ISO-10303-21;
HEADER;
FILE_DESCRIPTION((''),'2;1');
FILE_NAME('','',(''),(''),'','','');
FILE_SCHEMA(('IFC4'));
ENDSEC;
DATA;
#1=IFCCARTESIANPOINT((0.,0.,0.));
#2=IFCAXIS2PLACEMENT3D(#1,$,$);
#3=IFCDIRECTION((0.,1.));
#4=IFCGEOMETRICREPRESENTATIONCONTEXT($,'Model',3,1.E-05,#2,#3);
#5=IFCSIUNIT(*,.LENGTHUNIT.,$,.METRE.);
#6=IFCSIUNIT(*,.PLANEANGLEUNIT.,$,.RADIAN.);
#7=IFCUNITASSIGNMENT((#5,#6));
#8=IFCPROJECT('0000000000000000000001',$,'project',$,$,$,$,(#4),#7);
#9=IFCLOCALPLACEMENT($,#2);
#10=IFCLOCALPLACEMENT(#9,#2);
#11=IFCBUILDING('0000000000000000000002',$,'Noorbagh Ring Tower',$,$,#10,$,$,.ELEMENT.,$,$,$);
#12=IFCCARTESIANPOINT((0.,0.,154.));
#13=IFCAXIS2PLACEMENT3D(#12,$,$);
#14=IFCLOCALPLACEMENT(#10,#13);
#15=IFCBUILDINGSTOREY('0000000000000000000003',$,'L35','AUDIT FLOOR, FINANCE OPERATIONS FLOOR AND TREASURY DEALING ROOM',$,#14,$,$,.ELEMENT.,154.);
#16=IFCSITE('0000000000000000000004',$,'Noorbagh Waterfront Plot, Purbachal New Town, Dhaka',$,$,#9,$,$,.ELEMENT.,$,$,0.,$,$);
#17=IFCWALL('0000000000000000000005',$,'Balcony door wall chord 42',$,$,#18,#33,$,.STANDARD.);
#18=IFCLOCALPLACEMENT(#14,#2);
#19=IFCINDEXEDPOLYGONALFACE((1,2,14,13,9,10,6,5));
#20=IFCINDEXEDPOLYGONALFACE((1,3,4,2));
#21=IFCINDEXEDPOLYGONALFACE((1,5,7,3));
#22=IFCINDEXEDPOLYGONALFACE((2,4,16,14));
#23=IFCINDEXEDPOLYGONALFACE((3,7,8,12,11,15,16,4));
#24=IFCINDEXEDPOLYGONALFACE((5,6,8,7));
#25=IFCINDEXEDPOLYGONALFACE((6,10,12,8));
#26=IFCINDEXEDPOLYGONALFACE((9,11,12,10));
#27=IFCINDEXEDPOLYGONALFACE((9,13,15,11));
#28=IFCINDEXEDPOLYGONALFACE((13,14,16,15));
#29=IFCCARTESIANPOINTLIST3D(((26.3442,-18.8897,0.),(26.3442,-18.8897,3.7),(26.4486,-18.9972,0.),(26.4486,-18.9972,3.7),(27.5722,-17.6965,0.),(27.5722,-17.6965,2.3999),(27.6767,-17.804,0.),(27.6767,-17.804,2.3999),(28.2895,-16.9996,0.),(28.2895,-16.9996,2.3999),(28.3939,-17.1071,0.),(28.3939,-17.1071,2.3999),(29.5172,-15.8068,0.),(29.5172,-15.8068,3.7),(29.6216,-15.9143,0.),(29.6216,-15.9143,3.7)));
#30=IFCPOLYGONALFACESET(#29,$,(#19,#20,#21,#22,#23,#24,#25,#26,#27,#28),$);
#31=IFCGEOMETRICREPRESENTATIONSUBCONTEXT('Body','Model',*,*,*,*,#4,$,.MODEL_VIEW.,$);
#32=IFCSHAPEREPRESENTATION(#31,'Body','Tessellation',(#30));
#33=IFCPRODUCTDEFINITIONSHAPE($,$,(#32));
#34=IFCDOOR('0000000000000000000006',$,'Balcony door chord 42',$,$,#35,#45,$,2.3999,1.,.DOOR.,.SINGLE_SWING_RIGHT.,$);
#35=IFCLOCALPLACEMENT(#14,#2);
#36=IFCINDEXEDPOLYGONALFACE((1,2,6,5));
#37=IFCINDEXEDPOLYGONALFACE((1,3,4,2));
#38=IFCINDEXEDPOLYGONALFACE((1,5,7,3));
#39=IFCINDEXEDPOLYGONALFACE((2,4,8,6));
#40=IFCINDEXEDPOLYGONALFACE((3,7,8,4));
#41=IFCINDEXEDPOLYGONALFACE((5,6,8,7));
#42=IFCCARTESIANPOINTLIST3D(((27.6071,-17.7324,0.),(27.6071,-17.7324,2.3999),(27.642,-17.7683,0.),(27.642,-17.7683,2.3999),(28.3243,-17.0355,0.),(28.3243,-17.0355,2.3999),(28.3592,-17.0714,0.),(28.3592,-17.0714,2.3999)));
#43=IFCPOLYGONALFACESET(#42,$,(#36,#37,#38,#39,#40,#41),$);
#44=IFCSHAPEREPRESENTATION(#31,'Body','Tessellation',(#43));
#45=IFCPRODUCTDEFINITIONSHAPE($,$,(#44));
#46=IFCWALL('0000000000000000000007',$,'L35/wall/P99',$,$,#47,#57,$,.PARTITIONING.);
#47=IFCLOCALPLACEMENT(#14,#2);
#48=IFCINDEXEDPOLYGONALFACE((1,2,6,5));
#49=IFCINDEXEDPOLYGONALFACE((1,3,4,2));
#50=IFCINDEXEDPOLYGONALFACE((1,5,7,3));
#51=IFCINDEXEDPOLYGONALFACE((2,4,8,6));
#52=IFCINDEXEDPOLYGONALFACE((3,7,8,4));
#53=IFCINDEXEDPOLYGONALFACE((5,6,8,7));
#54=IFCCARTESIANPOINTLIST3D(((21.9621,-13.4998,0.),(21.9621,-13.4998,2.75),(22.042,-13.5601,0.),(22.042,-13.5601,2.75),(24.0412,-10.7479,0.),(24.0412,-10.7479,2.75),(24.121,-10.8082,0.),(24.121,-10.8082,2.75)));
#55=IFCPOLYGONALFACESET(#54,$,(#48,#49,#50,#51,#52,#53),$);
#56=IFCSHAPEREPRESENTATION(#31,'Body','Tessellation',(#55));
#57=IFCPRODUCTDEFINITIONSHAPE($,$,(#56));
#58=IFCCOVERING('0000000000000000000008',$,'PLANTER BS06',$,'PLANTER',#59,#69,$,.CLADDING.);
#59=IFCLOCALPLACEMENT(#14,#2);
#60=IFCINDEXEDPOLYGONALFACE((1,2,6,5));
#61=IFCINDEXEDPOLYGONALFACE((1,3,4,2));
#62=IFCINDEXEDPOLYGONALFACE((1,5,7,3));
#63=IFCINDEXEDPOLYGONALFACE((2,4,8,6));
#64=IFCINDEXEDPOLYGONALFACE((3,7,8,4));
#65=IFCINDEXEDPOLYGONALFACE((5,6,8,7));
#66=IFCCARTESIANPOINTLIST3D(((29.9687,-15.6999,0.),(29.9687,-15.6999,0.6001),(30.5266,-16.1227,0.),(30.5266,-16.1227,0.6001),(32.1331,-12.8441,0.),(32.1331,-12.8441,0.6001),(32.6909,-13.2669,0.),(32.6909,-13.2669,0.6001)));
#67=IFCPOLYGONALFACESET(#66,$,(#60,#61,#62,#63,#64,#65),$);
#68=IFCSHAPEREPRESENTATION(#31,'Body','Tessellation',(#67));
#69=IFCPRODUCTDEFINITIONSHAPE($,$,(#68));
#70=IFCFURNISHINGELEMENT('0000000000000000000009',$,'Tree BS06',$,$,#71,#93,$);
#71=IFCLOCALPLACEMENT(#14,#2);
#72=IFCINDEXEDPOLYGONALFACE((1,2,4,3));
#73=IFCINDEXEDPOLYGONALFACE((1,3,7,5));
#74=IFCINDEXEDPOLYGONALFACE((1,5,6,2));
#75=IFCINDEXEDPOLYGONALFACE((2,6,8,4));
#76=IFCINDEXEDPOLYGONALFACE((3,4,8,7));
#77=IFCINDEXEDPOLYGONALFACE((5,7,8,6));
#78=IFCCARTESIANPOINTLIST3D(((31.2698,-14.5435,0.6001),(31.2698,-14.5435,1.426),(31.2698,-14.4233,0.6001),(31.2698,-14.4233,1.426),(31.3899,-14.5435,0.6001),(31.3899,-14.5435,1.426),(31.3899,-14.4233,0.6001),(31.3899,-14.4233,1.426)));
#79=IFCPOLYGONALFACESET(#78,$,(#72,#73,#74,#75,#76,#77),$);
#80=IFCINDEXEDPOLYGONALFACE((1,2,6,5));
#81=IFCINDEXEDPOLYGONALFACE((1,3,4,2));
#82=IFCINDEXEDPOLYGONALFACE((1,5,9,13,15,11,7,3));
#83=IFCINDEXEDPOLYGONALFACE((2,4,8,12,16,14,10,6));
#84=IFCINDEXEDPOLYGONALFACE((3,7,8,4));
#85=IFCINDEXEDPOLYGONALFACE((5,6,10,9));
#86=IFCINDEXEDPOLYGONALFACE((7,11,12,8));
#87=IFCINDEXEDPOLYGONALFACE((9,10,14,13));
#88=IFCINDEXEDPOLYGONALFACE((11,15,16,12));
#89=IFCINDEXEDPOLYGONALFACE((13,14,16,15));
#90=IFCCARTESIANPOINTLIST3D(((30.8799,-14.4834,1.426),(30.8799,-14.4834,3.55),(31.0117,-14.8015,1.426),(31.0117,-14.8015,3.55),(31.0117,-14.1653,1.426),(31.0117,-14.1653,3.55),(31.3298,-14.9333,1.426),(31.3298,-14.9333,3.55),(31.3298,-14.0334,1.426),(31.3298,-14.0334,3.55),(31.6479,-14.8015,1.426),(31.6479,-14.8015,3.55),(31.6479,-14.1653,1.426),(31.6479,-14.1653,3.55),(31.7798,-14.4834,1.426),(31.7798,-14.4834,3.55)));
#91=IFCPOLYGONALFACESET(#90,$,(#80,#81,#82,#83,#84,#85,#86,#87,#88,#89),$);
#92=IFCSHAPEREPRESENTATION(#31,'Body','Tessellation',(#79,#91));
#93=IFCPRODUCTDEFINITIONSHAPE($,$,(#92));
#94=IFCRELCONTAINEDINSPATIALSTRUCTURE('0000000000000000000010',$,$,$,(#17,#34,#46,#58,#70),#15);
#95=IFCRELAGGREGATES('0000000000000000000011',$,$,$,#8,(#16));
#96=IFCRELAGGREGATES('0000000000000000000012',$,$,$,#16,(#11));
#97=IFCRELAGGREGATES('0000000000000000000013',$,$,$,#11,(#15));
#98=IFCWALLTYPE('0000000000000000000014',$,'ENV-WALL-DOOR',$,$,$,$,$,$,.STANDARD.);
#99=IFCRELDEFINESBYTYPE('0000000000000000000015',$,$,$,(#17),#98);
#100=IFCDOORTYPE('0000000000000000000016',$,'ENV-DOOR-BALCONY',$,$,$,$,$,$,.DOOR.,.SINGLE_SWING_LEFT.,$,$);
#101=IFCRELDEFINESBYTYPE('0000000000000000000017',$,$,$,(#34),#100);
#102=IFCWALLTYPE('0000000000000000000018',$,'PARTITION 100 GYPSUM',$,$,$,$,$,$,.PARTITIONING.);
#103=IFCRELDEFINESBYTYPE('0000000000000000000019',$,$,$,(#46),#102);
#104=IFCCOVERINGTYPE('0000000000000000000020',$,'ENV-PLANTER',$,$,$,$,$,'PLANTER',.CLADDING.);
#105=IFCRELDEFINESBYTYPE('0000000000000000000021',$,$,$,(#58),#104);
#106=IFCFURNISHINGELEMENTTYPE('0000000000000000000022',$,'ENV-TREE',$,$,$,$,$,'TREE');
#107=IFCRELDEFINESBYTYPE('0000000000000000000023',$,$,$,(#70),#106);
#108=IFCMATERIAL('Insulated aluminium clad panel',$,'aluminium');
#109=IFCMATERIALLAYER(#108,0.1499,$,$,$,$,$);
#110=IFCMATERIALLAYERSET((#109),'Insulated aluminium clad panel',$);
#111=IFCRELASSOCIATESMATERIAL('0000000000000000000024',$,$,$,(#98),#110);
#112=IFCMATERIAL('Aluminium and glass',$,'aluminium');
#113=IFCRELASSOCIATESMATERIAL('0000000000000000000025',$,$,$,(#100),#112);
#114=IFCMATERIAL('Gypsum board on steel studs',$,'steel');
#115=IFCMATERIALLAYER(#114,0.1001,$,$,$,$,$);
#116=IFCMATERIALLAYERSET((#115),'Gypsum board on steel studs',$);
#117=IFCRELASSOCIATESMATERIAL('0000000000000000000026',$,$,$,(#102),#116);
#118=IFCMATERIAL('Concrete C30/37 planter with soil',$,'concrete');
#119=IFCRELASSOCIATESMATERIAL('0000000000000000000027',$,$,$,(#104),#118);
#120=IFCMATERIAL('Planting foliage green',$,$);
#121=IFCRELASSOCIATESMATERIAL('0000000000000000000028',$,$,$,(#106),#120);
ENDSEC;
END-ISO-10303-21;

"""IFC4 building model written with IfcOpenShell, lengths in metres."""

from ifc_helpers import new_model, si_unit, direction, frame, frame_2d, origin, origin_2d, place, context, subcontext, project, spatial, polyline, rectangle, outline, extrude, material, layer, layer_set, type_object, element, fill, save


model = new_model("IFC4")

# Units and contexts
model_context = context("Model", 3, precision=1e-05, world=origin(), true_north=direction((0.0, 1.0)))
body_context = subcontext(model_context, "Body", "Model", "MODEL_VIEW")
ifc_project = project(units=[si_unit("LENGTHUNIT", "METRE"), si_unit("PLANEANGLEUNIT", "RADIAN")], contexts=[model_context])

# Site, building, storey
site_placement = place(None, origin())
site = spatial("IfcSite", under=ifc_project, at=site_placement, Name="Noorbagh Waterfront Plot, Purbachal New Town, Dhaka", CompositionType="ELEMENT", RefElevation=0.0)
building_placement = place(site_placement, origin())
building = spatial("IfcBuilding", under=site, at=building_placement, Name="Noorbagh Ring Tower", CompositionType="ELEMENT")
storey_placement = place(building_placement, frame((0.0, 0.0, 154.0)))
storey = spatial("IfcBuildingStorey", under=building, at=storey_placement, Name="L35", Description="AUDIT FLOOR, FINANCE OPERATIONS FLOOR AND TREASURY DEALING ROOM", CompositionType="ELEMENT", Elevation=154.0)

# Wall, opening, door
ifc_material_1 = material(Name="Insulated aluminium clad panel", Category="aluminium")
ifc_layer_1 = layer(ifc_material_1, 0.1499)
ifc_layer_set_1 = layer_set([ifc_layer_1], Name="Insulated aluminium clad panel")
wall_type_1 = type_object("IfcWallType", Name="ENV-WALL-DOOR", PredefinedType="STANDARD", material=ifc_layer_set_1)
wall_1_placement = place(storey_placement, frame((26.3965, -18.9434, 0.0), z_axis=(0.0, 0.0, 1.0), x_axis=(0.717215, 0.696852, 0.0)))
wall_1 = element("IfcWall", 1, at=wall_1_placement, inside=storey, type_object=wall_type_1, Name="Balcony door wall chord 42", PredefinedType="STANDARD", context=body_context, shape_type="SweptSolid", body=[
    extrude(rectangle(XDim=4.4241, YDim=0.1499, at=frame_2d((2.2119, 0.0))), origin(), (0.0, 0.0, 1.0), 3.7),
])
opening_1_placement = place(wall_1_placement, frame((1.7122, 0.0, 0.0)))
opening_1 = element("IfcOpeningElement", 2, at=opening_1_placement, cuts=wall_1, PredefinedType="OPENING", context=body_context, shape_type="SweptSolid", body=[
    extrude(rectangle(XDim=1.0, YDim=2.3999, at=frame_2d((0.5, 1.2))), frame((0.0, 0.085, 0.0), z_axis=(0.0, -1.0, 0.0), x_axis=(1.0, 0.0, 0.0)), (0.0, 0.0, 1.0), 0.1699),
])
ifc_material_2 = material(Name="Aluminium and glass", Category="aluminium")
door_type_1 = type_object("IfcDoorType", Name="ENV-DOOR-BALCONY", OperationType="SINGLE_SWING_LEFT", PredefinedType="DOOR", material=ifc_material_2)
door_1_placement = place(opening_1_placement, origin())
door_1 = element("IfcDoor", 3, at=door_1_placement, inside=storey, type_object=door_type_1, Name="Balcony door chord 42", OperationType="SINGLE_SWING_RIGHT", OverallHeight=2.3999, OverallWidth=1.0, PredefinedType="DOOR", context=body_context, shape_type="SweptSolid", body=[
    extrude(rectangle(XDim=1.0, YDim=2.3999, at=frame_2d((0.5, 1.2))), frame((0.0, 0.0249, 0.0), z_axis=(0.0, -1.0, 0.0), x_axis=(1.0, 0.0, 0.0)), (0.0, 0.0, 1.0), 0.05),
])
fill(opening_1, door_1)

# Wall
ifc_material_3 = material(Name="Gypsum board on steel studs", Category="steel")
ifc_layer_2 = layer(ifc_material_3, 0.1001)
ifc_layer_set_2 = layer_set([ifc_layer_2], Name="Gypsum board on steel studs")
wall_type_2 = type_object("IfcWallType", Name="PARTITION 100 GYPSUM", PredefinedType="PARTITIONING", material=ifc_layer_set_2)
wall_2_placement = place(storey_placement, frame((22.002, -13.53, 0.0), z_axis=(0.0, 0.0, 1.0), x_axis=(0.602805, 0.797889, 0.0)))
element("IfcWall", 4, at=wall_2_placement, inside=storey, type_object=wall_type_2, Name="L35/wall/P99", PredefinedType="PARTITIONING", context=body_context, shape_type="SweptSolid", body=[
    extrude(rectangle(XDim=3.449, YDim=0.1001, at=frame_2d((1.7246, 0.0))), origin(), (0.0, 0.0, 1.0), 2.75),
])

# Covering
ifc_material_4 = material(Name="Concrete C30/37 planter with soil", Category="concrete")
covering_type = type_object("IfcCoveringType", Name="ENV-PLANTER", ElementType="PLANTER", PredefinedType="CLADDING", material=ifc_material_4)
covering_placement = place(storey_placement, frame((31.3298, -14.4834, 0.0), z_axis=(0.0, 0.0, 1.0), x_axis=(0.60402, 0.796969, 0.0)))
element("IfcCovering", 5, at=covering_placement, inside=storey, type_object=covering_type, Name="PLANTER BS06", ObjectType="PLANTER", PredefinedType="CLADDING", context=body_context, shape_type="SweptSolid", body=[
    extrude(rectangle(XDim=3.5833, YDim=0.7, at=origin_2d()), origin(), (0.0, 0.0, 1.0), 0.6001),
])

# Furnishing element
ifc_material_5 = material(Name="Planting foliage green")
furnishing_element_type = type_object("IfcFurnishingElementType", Name="ENV-TREE", ElementType="TREE", material=ifc_material_5)
furnishing_placement = place(storey_placement, frame((31.3298, -14.4834, 0.6001), z_axis=(0.0, 0.0, 1.0), x_axis=(1.0, 0.0, 0.0)))
element("IfcFurnishingElement", 6, at=furnishing_placement, inside=storey, type_object=furnishing_element_type, Name="Tree BS06", context=body_context, shape_type="SweptSolid", body=[
    extrude(rectangle(XDim=0.1201, YDim=0.1201, at=origin_2d()), origin(), (0.0, 0.0, 1.0), 0.8259),
    extrude(outline(polyline([(0.45, 0.0), (0.3181, 0.3181), (0.0, 0.45), (-0.3181, 0.3181), (-0.45, 0.0), (-0.3181, -0.3181), (0.0, -0.45), (0.3181, -0.3181), (0.45, 0.0)])), frame((0.0, 0.0, 0.8259)), (0.0, 0.0, 1.0), 2.124),
])

save(model, "model.ifc")
